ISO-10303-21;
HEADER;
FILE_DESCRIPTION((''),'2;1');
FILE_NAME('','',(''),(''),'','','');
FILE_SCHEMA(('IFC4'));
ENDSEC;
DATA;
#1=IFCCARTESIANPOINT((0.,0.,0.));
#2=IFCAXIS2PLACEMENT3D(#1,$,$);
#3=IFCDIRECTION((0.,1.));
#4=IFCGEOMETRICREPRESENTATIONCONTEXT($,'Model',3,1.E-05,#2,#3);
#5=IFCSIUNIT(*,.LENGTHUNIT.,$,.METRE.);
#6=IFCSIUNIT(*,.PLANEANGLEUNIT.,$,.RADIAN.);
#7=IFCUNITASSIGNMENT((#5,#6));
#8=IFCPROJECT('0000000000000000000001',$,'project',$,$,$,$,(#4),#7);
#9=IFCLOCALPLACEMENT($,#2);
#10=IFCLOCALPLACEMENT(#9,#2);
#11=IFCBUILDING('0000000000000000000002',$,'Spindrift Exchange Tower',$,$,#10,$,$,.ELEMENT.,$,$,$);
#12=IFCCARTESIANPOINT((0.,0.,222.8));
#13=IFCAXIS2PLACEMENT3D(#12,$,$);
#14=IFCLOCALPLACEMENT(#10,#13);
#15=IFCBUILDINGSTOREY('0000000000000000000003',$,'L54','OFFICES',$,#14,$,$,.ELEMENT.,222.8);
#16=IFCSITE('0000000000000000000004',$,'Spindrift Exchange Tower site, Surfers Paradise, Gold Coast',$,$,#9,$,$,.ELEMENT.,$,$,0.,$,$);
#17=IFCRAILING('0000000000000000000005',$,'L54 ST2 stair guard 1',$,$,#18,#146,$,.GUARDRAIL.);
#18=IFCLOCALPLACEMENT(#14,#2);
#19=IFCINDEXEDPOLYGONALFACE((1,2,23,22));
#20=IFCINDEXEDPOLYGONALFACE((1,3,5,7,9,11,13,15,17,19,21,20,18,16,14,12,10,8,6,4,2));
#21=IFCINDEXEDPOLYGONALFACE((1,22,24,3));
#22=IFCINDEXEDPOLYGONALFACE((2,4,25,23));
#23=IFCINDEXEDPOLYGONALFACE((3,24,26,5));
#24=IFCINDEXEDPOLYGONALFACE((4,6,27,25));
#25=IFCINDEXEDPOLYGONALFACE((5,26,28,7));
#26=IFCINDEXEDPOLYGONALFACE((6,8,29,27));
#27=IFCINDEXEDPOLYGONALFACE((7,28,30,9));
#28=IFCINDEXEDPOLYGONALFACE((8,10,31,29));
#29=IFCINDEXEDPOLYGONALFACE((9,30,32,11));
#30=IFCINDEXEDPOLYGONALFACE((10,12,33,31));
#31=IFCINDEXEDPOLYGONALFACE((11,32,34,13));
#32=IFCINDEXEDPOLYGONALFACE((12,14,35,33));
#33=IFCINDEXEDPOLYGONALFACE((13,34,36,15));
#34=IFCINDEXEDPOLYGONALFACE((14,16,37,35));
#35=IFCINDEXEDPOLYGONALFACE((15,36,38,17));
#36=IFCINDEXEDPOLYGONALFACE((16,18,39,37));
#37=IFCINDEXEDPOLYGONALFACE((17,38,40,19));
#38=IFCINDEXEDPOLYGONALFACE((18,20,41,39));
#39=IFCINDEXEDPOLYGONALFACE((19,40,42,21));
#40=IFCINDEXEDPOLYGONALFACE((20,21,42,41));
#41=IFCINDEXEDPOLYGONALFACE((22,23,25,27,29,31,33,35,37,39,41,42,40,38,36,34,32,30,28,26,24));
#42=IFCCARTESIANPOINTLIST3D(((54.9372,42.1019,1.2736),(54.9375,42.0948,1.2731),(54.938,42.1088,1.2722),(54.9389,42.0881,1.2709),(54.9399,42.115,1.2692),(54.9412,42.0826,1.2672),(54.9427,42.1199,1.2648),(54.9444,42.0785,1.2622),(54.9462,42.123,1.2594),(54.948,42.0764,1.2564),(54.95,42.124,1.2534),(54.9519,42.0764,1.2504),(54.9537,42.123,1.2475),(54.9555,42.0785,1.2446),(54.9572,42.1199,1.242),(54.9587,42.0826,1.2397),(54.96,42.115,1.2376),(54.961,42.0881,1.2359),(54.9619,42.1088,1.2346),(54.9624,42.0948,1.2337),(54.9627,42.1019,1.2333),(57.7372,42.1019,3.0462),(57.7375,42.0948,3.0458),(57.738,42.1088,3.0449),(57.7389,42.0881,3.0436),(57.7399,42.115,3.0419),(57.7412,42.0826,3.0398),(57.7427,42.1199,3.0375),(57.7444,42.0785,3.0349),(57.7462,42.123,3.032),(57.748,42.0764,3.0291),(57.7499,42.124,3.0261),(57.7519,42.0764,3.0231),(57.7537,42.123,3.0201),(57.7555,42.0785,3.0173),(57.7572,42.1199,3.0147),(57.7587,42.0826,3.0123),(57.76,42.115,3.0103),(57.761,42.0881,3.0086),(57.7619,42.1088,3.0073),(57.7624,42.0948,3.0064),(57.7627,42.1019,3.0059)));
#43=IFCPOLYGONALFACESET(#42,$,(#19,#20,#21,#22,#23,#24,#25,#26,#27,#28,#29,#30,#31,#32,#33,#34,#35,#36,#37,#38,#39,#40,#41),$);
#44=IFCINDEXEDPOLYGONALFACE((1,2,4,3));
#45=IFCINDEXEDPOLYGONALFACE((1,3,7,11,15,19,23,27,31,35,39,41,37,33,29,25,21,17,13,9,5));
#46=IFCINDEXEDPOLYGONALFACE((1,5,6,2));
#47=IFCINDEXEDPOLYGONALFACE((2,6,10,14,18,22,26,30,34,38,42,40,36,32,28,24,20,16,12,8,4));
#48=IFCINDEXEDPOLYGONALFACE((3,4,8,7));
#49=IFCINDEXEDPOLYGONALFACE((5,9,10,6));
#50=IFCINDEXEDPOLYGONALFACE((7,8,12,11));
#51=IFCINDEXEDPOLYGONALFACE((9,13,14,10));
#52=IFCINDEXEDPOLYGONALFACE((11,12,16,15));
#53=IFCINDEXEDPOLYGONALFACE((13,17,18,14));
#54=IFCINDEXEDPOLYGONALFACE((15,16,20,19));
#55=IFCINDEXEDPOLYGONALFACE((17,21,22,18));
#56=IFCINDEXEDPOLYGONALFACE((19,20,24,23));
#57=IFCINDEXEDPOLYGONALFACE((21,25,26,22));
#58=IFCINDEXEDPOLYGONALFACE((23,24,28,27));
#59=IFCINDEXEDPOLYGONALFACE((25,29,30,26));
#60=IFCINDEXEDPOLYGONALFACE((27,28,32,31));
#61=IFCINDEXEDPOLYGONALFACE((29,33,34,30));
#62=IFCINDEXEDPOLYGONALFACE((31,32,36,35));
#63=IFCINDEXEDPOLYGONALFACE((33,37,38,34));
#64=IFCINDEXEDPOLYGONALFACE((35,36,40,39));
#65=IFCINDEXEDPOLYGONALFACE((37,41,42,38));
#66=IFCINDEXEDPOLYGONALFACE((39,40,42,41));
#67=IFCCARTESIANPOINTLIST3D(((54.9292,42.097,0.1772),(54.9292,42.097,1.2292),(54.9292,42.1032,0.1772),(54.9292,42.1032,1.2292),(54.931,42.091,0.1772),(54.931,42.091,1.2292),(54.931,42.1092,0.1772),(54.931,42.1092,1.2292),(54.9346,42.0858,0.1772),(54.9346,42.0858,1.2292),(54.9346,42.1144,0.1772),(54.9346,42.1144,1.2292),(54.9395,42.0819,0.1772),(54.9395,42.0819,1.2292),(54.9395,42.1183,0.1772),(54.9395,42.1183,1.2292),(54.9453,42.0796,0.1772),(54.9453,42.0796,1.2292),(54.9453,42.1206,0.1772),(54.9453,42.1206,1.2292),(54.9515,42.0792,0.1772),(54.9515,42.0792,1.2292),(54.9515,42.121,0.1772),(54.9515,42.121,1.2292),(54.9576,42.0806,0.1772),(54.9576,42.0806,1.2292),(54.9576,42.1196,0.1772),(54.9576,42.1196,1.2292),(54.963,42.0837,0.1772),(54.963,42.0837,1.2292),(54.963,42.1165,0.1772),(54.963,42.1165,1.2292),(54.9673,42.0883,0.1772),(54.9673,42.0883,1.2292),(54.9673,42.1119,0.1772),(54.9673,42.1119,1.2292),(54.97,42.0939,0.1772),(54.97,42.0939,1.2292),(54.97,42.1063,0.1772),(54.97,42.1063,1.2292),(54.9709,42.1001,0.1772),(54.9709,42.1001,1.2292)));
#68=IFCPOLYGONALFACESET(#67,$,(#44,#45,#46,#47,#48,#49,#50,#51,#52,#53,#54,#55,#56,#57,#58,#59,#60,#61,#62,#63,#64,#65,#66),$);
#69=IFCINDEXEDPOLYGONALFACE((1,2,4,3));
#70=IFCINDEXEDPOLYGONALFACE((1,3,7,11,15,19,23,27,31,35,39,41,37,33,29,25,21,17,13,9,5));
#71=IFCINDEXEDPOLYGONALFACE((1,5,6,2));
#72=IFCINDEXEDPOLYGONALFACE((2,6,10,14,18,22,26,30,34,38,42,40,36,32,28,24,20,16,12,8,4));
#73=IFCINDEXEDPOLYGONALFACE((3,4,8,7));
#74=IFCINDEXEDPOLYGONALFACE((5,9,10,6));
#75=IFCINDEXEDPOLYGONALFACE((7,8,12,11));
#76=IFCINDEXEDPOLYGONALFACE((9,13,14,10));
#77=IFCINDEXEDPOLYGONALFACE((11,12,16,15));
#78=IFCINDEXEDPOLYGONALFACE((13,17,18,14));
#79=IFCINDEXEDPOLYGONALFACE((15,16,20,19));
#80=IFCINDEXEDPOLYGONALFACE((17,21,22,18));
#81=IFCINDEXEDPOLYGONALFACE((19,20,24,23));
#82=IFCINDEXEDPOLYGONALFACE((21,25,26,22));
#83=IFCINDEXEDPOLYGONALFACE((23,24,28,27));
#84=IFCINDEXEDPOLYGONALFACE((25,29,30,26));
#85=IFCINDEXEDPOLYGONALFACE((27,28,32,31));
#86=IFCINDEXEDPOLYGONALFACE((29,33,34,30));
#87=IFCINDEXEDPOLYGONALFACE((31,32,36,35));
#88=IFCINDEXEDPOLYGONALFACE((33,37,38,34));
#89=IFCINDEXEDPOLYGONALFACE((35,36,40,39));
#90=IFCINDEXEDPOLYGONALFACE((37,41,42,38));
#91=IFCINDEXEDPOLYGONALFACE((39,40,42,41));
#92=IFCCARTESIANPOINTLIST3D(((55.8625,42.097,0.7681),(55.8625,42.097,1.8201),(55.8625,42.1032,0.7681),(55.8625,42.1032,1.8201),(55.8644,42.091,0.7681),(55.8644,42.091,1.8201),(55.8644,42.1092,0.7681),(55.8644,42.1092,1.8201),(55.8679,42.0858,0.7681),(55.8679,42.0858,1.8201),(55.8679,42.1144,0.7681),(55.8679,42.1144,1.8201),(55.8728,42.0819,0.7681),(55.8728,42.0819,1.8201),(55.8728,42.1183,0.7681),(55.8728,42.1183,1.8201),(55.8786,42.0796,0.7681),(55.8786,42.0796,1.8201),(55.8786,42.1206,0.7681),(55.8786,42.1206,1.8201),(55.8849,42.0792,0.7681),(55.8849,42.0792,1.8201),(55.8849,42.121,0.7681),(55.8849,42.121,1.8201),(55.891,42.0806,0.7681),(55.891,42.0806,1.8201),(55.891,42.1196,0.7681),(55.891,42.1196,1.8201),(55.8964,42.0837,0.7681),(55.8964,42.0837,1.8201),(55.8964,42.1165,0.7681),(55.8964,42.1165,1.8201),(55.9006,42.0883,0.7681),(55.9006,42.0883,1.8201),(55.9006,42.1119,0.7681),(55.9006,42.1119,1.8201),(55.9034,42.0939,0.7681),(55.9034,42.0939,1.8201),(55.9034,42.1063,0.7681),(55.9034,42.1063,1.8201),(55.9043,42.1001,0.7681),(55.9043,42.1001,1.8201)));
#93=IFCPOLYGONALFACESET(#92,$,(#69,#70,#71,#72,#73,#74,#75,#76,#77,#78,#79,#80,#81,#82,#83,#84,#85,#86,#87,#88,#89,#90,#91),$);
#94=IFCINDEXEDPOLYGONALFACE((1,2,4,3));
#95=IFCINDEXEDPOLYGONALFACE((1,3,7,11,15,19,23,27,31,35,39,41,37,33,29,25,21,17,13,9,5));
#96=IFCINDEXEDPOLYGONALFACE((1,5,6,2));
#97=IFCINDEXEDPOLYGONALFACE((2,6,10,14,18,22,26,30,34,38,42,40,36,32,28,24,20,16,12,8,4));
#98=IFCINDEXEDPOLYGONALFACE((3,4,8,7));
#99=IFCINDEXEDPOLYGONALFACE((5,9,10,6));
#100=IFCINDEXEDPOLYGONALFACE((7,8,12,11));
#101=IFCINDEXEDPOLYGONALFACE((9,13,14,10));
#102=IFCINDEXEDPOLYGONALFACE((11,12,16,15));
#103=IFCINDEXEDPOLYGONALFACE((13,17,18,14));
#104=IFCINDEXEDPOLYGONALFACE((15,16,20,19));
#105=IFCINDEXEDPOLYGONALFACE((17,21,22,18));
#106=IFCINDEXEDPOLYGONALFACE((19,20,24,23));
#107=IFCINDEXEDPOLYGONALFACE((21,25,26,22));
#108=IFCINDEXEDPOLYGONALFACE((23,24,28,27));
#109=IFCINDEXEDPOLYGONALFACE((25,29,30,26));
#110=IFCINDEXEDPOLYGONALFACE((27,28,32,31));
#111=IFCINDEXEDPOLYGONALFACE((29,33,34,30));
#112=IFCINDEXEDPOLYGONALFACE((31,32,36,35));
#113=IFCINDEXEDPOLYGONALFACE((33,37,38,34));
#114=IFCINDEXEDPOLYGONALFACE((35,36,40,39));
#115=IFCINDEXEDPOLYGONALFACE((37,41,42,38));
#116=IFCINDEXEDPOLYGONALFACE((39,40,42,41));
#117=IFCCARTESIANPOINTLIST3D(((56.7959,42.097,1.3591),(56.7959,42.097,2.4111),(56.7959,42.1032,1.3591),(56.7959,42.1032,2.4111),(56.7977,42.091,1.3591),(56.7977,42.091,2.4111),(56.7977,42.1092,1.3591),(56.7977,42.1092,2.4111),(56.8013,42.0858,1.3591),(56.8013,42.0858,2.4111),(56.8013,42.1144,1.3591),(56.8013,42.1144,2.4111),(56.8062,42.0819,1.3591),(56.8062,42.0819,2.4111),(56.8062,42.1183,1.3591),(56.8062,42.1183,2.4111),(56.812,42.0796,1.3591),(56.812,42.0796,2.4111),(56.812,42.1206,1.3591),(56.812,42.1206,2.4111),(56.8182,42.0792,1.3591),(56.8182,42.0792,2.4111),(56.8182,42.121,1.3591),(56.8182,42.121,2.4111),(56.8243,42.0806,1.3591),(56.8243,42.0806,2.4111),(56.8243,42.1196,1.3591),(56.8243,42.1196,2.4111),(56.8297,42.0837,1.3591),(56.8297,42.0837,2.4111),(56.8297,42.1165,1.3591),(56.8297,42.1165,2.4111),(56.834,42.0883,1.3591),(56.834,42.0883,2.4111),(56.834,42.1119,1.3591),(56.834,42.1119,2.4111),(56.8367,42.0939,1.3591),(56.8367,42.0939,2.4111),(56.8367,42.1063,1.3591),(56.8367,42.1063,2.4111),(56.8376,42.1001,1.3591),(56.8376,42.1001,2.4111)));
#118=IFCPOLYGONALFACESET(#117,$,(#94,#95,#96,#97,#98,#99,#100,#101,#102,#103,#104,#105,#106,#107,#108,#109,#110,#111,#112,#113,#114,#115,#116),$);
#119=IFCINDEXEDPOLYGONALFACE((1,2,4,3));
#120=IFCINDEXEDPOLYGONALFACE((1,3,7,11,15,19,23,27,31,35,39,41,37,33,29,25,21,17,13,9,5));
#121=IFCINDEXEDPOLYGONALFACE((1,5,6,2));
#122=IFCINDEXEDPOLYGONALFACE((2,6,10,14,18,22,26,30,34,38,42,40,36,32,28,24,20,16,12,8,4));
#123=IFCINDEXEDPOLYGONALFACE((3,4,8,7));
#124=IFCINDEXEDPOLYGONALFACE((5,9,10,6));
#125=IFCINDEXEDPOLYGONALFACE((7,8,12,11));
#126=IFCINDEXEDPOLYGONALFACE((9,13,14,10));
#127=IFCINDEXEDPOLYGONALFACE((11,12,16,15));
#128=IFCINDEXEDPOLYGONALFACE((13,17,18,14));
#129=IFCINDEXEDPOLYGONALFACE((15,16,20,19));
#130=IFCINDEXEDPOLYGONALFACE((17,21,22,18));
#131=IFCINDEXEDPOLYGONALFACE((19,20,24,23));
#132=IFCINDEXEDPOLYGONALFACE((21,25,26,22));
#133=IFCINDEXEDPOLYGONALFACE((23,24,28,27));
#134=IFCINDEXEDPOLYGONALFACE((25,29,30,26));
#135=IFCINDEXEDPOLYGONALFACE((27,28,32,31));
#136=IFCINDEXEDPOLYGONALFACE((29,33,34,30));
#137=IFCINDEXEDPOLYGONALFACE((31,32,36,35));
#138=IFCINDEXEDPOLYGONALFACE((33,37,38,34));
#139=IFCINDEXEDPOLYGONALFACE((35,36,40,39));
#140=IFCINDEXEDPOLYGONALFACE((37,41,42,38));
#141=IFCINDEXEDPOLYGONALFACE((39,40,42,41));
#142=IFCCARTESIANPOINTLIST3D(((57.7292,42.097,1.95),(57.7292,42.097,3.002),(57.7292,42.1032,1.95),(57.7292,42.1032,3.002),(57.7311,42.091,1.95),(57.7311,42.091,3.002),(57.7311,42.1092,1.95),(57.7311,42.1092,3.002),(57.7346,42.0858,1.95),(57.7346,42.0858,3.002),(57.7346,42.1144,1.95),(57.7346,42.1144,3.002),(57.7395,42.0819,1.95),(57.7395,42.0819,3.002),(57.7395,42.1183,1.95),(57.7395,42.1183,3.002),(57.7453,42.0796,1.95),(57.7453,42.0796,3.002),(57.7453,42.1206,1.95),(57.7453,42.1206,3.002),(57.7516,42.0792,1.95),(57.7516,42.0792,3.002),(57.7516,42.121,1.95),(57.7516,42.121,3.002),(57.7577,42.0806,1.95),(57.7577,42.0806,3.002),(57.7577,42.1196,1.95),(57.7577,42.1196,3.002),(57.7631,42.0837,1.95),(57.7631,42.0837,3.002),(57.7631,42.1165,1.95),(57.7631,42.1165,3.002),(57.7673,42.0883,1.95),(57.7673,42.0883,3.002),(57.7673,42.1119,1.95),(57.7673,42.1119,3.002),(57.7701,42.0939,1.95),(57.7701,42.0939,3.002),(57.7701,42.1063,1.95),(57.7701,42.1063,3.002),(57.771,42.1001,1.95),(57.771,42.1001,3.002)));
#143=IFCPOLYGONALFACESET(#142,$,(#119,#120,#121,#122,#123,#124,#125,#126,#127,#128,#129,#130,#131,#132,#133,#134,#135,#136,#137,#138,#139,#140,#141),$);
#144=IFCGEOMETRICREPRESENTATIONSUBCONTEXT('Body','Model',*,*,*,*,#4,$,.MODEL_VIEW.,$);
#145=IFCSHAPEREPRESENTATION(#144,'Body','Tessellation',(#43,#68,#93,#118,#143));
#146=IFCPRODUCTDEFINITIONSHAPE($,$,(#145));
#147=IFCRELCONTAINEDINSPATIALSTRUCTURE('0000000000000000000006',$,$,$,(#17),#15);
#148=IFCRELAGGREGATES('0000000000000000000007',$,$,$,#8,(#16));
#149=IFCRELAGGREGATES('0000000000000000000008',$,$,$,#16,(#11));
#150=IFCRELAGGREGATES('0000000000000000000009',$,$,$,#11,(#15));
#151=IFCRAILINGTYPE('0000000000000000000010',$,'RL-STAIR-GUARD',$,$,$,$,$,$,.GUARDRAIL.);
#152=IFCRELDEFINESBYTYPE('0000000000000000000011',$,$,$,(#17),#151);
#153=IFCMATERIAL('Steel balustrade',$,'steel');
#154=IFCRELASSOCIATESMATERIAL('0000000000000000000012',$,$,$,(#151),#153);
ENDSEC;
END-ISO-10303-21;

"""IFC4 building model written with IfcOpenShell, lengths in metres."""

from ifc_helpers import new_model, si_unit, direction, frame, origin, origin_2d, place, context, subcontext, project, spatial, circle, extrude, material, type_object, element, save


model = new_model("IFC4")

# Units and contexts
model_context = context("Model", 3, precision=1e-05, world=origin(), true_north=direction((0.0, 1.0)))
body_context = subcontext(model_context, "Body", "Model", "MODEL_VIEW")
ifc_project = project(units=[si_unit("LENGTHUNIT", "METRE"), si_unit("PLANEANGLEUNIT", "RADIAN")], contexts=[model_context])

# Site, building, storey
site_placement = place(None, origin())
site = spatial("IfcSite", under=ifc_project, at=site_placement, Name="Spindrift Exchange Tower site, Surfers Paradise, Gold Coast", CompositionType="ELEMENT", RefElevation=0.0)
building_placement = place(site_placement, origin())
building = spatial("IfcBuilding", under=site, at=building_placement, Name="Spindrift Exchange Tower", CompositionType="ELEMENT")
storey_placement = place(building_placement, frame((0.0, 0.0, 222.8)))
storey = spatial("IfcBuildingStorey", under=building, at=storey_placement, Name="L54", Description="OFFICES", CompositionType="ELEMENT", Elevation=222.8)

# Railing
ifc_material_1 = material(Name="Steel balustrade", Category="steel")
railing_type_1 = type_object("IfcRailingType", Name="RL-STAIR-GUARD", PredefinedType="GUARDRAIL", material=ifc_material_1)
railing_1_placement = place(storey_placement, frame((54.95, 42.1001, 0.1772)))
element("IfcRailing", 1, at=railing_1_placement, inside=storey, type_object=railing_type_1, Name="L54 ST2 stair guard 1", PredefinedType="GUARDRAIL", context=body_context, shape_type="SweptSolid", body=[
    extrude(circle(Radius=0.0239, at=origin_2d()), frame((0.0, 0.0, 1.0762), z_axis=(0.844909, 0.0, 0.53491), x_axis=(0.0, 1.0, 0.0)), (0.0, 0.0, 1.0), 3.314),
    extrude(circle(Radius=0.021, at=origin_2d()), origin(), (0.0, 0.0, 1.0), 1.052),
    extrude(circle(Radius=0.021, at=origin_2d()), frame((0.9333, 0.0, 0.5908)), (0.0, 0.0, 1.0), 1.052),
    extrude(circle(Radius=0.021, at=origin_2d()), frame((1.8667, 0.0, 1.1819)), (0.0, 0.0, 1.0), 1.052),
    extrude(circle(Radius=0.021, at=origin_2d()), frame((2.8, 0.0, 1.7727)), (0.0, 0.0, 1.0), 1.052),
])

save(model, "model.ifc")
